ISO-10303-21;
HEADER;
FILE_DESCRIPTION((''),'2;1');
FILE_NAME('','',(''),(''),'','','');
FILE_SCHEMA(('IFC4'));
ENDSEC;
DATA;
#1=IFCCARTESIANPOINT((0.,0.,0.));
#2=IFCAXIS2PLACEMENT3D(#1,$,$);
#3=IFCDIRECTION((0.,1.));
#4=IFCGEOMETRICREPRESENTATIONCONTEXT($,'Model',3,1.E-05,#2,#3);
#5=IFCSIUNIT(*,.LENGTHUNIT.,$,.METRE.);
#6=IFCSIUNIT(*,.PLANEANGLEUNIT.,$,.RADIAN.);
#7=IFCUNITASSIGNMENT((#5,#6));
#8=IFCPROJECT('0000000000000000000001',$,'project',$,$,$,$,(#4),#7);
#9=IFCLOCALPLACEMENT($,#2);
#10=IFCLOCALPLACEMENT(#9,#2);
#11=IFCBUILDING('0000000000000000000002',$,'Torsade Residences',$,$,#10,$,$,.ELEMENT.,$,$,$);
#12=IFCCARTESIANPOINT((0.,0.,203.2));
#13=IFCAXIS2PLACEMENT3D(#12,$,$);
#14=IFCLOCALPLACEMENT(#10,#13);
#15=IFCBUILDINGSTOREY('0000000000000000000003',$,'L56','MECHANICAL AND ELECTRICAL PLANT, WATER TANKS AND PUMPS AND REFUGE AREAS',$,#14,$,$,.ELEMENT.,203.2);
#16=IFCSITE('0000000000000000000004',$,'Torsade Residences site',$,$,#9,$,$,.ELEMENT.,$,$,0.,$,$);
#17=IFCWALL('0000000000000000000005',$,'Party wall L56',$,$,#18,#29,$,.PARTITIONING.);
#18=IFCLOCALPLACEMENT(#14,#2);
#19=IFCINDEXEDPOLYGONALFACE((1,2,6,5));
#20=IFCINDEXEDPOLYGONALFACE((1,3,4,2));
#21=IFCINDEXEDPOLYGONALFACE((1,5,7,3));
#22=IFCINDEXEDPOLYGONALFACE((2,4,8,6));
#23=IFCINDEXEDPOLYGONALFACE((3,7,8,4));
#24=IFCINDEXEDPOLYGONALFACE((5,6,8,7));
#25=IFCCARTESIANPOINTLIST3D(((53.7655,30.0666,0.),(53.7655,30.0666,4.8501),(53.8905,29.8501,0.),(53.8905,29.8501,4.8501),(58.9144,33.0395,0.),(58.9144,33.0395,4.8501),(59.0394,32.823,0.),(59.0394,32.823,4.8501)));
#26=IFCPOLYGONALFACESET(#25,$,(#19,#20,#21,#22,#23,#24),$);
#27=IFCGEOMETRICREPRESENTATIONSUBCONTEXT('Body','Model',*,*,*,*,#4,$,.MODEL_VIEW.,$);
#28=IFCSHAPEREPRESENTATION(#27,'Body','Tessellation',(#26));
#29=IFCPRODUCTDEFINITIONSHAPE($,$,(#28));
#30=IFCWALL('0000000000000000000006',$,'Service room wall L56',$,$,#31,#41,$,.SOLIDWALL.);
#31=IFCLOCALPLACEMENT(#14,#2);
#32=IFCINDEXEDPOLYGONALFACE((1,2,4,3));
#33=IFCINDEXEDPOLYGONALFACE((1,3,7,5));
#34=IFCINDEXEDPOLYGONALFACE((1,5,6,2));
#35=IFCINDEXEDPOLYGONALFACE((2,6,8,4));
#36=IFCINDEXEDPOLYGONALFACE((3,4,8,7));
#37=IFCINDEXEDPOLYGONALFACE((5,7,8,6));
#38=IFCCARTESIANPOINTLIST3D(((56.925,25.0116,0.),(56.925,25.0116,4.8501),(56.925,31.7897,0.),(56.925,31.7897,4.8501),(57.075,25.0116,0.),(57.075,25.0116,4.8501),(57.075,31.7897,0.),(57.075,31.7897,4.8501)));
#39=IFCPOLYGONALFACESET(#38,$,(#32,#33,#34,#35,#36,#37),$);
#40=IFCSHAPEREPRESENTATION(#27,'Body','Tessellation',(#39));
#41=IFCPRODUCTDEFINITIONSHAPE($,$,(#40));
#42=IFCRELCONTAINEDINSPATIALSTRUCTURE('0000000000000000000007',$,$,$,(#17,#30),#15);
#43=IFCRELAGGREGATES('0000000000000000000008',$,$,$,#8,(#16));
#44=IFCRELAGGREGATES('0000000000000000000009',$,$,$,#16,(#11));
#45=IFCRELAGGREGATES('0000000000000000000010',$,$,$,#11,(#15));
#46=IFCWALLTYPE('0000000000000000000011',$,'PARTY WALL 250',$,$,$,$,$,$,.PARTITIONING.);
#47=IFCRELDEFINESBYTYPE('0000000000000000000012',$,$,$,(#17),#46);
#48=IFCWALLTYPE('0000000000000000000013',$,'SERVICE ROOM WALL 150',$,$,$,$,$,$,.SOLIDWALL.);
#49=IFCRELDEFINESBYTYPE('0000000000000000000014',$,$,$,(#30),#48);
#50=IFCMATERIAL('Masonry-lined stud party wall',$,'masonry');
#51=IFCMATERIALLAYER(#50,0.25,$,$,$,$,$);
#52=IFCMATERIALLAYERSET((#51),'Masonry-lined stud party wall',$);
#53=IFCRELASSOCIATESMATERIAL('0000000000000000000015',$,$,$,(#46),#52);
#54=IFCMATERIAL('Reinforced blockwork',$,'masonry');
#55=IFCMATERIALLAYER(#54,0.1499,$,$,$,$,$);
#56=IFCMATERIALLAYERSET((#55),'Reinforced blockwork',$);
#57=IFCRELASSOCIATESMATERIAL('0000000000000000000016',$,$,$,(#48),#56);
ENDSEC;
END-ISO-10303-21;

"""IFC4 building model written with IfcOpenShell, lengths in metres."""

from ifc_helpers import new_model, si_unit, direction, frame, frame_2d, origin, place, context, subcontext, project, spatial, rectangle, extrude, material, layer, layer_set, type_object, element, save


model = new_model("IFC4")

# Units and contexts
model_context = context("Model", 3, precision=1e-05, world=origin(), true_north=direction((0.0, 1.0)))
body_context = subcontext(model_context, "Body", "Model", "MODEL_VIEW")
ifc_project = project(units=[si_unit("LENGTHUNIT", "METRE"), si_unit("PLANEANGLEUNIT", "RADIAN")], contexts=[model_context])

# Site, building, storey
site_placement = place(None, origin())
site = spatial("IfcSite", under=ifc_project, at=site_placement, Name="Torsade Residences site", CompositionType="ELEMENT", RefElevation=0.0)
building_placement = place(site_placement, origin())
building = spatial("IfcBuilding", under=site, at=building_placement, Name="Torsade Residences", CompositionType="ELEMENT")
storey_placement = place(building_placement, frame((0.0, 0.0, 203.2)))
storey = spatial("IfcBuildingStorey", under=building, at=storey_placement, Name="L56", Description="MECHANICAL AND ELECTRICAL PLANT, WATER TANKS AND PUMPS AND REFUGE AREAS", CompositionType="ELEMENT", Elevation=203.2)

# Walls
ifc_material_1 = material(Name="Masonry-lined stud party wall", Category="masonry")
ifc_layer_1 = layer(ifc_material_1, 0.25)
ifc_layer_set_1 = layer_set([ifc_layer_1], Name="Masonry-lined stud party wall")
wall_type_1 = type_object("IfcWallType", Name="PARTY WALL 250", PredefinedType="PARTITIONING", material=ifc_layer_set_1)
wall_1_placement = place(storey_placement, frame((58.9768, 32.9312, 0.0), z_axis=(0.0, 0.0, 1.0), x_axis=(-0.866013, -0.500021, 0.0)))
element("IfcWall", 1, at=wall_1_placement, inside=storey, type_object=wall_type_1, Name="Party wall L56", PredefinedType="PARTITIONING", context=body_context, shape_type="SweptSolid", body=[
    extrude(rectangle(XDim=5.9456, YDim=0.25, at=frame_2d((2.9727, 0.0))), origin(), (0.0, 0.0, 1.0), 4.8501),
])
ifc_material_2 = material(Name="Reinforced blockwork", Category="masonry")
ifc_layer_2 = layer(ifc_material_2, 0.1499)
ifc_layer_set_2 = layer_set([ifc_layer_2], Name="Reinforced blockwork")
wall_type_2 = type_object("IfcWallType", Name="SERVICE ROOM WALL 150", PredefinedType="SOLIDWALL", material=ifc_layer_set_2)
wall_2_placement = place(storey_placement, frame((57.0, 31.7898, 0.0), z_axis=(0.0, 0.0, 1.0), x_axis=(0.0, -1.0, 0.0)))
element("IfcWall", 2, at=wall_2_placement, inside=storey, type_object=wall_type_2, Name="Service room wall L56", PredefinedType="SOLIDWALL", context=body_context, shape_type="SweptSolid", body=[
    extrude(rectangle(XDim=6.7781, YDim=0.1499, at=frame_2d((3.3892, 0.0))), origin(), (0.0, 0.0, 1.0), 4.8501),
])

save(model, "model.ifc")
